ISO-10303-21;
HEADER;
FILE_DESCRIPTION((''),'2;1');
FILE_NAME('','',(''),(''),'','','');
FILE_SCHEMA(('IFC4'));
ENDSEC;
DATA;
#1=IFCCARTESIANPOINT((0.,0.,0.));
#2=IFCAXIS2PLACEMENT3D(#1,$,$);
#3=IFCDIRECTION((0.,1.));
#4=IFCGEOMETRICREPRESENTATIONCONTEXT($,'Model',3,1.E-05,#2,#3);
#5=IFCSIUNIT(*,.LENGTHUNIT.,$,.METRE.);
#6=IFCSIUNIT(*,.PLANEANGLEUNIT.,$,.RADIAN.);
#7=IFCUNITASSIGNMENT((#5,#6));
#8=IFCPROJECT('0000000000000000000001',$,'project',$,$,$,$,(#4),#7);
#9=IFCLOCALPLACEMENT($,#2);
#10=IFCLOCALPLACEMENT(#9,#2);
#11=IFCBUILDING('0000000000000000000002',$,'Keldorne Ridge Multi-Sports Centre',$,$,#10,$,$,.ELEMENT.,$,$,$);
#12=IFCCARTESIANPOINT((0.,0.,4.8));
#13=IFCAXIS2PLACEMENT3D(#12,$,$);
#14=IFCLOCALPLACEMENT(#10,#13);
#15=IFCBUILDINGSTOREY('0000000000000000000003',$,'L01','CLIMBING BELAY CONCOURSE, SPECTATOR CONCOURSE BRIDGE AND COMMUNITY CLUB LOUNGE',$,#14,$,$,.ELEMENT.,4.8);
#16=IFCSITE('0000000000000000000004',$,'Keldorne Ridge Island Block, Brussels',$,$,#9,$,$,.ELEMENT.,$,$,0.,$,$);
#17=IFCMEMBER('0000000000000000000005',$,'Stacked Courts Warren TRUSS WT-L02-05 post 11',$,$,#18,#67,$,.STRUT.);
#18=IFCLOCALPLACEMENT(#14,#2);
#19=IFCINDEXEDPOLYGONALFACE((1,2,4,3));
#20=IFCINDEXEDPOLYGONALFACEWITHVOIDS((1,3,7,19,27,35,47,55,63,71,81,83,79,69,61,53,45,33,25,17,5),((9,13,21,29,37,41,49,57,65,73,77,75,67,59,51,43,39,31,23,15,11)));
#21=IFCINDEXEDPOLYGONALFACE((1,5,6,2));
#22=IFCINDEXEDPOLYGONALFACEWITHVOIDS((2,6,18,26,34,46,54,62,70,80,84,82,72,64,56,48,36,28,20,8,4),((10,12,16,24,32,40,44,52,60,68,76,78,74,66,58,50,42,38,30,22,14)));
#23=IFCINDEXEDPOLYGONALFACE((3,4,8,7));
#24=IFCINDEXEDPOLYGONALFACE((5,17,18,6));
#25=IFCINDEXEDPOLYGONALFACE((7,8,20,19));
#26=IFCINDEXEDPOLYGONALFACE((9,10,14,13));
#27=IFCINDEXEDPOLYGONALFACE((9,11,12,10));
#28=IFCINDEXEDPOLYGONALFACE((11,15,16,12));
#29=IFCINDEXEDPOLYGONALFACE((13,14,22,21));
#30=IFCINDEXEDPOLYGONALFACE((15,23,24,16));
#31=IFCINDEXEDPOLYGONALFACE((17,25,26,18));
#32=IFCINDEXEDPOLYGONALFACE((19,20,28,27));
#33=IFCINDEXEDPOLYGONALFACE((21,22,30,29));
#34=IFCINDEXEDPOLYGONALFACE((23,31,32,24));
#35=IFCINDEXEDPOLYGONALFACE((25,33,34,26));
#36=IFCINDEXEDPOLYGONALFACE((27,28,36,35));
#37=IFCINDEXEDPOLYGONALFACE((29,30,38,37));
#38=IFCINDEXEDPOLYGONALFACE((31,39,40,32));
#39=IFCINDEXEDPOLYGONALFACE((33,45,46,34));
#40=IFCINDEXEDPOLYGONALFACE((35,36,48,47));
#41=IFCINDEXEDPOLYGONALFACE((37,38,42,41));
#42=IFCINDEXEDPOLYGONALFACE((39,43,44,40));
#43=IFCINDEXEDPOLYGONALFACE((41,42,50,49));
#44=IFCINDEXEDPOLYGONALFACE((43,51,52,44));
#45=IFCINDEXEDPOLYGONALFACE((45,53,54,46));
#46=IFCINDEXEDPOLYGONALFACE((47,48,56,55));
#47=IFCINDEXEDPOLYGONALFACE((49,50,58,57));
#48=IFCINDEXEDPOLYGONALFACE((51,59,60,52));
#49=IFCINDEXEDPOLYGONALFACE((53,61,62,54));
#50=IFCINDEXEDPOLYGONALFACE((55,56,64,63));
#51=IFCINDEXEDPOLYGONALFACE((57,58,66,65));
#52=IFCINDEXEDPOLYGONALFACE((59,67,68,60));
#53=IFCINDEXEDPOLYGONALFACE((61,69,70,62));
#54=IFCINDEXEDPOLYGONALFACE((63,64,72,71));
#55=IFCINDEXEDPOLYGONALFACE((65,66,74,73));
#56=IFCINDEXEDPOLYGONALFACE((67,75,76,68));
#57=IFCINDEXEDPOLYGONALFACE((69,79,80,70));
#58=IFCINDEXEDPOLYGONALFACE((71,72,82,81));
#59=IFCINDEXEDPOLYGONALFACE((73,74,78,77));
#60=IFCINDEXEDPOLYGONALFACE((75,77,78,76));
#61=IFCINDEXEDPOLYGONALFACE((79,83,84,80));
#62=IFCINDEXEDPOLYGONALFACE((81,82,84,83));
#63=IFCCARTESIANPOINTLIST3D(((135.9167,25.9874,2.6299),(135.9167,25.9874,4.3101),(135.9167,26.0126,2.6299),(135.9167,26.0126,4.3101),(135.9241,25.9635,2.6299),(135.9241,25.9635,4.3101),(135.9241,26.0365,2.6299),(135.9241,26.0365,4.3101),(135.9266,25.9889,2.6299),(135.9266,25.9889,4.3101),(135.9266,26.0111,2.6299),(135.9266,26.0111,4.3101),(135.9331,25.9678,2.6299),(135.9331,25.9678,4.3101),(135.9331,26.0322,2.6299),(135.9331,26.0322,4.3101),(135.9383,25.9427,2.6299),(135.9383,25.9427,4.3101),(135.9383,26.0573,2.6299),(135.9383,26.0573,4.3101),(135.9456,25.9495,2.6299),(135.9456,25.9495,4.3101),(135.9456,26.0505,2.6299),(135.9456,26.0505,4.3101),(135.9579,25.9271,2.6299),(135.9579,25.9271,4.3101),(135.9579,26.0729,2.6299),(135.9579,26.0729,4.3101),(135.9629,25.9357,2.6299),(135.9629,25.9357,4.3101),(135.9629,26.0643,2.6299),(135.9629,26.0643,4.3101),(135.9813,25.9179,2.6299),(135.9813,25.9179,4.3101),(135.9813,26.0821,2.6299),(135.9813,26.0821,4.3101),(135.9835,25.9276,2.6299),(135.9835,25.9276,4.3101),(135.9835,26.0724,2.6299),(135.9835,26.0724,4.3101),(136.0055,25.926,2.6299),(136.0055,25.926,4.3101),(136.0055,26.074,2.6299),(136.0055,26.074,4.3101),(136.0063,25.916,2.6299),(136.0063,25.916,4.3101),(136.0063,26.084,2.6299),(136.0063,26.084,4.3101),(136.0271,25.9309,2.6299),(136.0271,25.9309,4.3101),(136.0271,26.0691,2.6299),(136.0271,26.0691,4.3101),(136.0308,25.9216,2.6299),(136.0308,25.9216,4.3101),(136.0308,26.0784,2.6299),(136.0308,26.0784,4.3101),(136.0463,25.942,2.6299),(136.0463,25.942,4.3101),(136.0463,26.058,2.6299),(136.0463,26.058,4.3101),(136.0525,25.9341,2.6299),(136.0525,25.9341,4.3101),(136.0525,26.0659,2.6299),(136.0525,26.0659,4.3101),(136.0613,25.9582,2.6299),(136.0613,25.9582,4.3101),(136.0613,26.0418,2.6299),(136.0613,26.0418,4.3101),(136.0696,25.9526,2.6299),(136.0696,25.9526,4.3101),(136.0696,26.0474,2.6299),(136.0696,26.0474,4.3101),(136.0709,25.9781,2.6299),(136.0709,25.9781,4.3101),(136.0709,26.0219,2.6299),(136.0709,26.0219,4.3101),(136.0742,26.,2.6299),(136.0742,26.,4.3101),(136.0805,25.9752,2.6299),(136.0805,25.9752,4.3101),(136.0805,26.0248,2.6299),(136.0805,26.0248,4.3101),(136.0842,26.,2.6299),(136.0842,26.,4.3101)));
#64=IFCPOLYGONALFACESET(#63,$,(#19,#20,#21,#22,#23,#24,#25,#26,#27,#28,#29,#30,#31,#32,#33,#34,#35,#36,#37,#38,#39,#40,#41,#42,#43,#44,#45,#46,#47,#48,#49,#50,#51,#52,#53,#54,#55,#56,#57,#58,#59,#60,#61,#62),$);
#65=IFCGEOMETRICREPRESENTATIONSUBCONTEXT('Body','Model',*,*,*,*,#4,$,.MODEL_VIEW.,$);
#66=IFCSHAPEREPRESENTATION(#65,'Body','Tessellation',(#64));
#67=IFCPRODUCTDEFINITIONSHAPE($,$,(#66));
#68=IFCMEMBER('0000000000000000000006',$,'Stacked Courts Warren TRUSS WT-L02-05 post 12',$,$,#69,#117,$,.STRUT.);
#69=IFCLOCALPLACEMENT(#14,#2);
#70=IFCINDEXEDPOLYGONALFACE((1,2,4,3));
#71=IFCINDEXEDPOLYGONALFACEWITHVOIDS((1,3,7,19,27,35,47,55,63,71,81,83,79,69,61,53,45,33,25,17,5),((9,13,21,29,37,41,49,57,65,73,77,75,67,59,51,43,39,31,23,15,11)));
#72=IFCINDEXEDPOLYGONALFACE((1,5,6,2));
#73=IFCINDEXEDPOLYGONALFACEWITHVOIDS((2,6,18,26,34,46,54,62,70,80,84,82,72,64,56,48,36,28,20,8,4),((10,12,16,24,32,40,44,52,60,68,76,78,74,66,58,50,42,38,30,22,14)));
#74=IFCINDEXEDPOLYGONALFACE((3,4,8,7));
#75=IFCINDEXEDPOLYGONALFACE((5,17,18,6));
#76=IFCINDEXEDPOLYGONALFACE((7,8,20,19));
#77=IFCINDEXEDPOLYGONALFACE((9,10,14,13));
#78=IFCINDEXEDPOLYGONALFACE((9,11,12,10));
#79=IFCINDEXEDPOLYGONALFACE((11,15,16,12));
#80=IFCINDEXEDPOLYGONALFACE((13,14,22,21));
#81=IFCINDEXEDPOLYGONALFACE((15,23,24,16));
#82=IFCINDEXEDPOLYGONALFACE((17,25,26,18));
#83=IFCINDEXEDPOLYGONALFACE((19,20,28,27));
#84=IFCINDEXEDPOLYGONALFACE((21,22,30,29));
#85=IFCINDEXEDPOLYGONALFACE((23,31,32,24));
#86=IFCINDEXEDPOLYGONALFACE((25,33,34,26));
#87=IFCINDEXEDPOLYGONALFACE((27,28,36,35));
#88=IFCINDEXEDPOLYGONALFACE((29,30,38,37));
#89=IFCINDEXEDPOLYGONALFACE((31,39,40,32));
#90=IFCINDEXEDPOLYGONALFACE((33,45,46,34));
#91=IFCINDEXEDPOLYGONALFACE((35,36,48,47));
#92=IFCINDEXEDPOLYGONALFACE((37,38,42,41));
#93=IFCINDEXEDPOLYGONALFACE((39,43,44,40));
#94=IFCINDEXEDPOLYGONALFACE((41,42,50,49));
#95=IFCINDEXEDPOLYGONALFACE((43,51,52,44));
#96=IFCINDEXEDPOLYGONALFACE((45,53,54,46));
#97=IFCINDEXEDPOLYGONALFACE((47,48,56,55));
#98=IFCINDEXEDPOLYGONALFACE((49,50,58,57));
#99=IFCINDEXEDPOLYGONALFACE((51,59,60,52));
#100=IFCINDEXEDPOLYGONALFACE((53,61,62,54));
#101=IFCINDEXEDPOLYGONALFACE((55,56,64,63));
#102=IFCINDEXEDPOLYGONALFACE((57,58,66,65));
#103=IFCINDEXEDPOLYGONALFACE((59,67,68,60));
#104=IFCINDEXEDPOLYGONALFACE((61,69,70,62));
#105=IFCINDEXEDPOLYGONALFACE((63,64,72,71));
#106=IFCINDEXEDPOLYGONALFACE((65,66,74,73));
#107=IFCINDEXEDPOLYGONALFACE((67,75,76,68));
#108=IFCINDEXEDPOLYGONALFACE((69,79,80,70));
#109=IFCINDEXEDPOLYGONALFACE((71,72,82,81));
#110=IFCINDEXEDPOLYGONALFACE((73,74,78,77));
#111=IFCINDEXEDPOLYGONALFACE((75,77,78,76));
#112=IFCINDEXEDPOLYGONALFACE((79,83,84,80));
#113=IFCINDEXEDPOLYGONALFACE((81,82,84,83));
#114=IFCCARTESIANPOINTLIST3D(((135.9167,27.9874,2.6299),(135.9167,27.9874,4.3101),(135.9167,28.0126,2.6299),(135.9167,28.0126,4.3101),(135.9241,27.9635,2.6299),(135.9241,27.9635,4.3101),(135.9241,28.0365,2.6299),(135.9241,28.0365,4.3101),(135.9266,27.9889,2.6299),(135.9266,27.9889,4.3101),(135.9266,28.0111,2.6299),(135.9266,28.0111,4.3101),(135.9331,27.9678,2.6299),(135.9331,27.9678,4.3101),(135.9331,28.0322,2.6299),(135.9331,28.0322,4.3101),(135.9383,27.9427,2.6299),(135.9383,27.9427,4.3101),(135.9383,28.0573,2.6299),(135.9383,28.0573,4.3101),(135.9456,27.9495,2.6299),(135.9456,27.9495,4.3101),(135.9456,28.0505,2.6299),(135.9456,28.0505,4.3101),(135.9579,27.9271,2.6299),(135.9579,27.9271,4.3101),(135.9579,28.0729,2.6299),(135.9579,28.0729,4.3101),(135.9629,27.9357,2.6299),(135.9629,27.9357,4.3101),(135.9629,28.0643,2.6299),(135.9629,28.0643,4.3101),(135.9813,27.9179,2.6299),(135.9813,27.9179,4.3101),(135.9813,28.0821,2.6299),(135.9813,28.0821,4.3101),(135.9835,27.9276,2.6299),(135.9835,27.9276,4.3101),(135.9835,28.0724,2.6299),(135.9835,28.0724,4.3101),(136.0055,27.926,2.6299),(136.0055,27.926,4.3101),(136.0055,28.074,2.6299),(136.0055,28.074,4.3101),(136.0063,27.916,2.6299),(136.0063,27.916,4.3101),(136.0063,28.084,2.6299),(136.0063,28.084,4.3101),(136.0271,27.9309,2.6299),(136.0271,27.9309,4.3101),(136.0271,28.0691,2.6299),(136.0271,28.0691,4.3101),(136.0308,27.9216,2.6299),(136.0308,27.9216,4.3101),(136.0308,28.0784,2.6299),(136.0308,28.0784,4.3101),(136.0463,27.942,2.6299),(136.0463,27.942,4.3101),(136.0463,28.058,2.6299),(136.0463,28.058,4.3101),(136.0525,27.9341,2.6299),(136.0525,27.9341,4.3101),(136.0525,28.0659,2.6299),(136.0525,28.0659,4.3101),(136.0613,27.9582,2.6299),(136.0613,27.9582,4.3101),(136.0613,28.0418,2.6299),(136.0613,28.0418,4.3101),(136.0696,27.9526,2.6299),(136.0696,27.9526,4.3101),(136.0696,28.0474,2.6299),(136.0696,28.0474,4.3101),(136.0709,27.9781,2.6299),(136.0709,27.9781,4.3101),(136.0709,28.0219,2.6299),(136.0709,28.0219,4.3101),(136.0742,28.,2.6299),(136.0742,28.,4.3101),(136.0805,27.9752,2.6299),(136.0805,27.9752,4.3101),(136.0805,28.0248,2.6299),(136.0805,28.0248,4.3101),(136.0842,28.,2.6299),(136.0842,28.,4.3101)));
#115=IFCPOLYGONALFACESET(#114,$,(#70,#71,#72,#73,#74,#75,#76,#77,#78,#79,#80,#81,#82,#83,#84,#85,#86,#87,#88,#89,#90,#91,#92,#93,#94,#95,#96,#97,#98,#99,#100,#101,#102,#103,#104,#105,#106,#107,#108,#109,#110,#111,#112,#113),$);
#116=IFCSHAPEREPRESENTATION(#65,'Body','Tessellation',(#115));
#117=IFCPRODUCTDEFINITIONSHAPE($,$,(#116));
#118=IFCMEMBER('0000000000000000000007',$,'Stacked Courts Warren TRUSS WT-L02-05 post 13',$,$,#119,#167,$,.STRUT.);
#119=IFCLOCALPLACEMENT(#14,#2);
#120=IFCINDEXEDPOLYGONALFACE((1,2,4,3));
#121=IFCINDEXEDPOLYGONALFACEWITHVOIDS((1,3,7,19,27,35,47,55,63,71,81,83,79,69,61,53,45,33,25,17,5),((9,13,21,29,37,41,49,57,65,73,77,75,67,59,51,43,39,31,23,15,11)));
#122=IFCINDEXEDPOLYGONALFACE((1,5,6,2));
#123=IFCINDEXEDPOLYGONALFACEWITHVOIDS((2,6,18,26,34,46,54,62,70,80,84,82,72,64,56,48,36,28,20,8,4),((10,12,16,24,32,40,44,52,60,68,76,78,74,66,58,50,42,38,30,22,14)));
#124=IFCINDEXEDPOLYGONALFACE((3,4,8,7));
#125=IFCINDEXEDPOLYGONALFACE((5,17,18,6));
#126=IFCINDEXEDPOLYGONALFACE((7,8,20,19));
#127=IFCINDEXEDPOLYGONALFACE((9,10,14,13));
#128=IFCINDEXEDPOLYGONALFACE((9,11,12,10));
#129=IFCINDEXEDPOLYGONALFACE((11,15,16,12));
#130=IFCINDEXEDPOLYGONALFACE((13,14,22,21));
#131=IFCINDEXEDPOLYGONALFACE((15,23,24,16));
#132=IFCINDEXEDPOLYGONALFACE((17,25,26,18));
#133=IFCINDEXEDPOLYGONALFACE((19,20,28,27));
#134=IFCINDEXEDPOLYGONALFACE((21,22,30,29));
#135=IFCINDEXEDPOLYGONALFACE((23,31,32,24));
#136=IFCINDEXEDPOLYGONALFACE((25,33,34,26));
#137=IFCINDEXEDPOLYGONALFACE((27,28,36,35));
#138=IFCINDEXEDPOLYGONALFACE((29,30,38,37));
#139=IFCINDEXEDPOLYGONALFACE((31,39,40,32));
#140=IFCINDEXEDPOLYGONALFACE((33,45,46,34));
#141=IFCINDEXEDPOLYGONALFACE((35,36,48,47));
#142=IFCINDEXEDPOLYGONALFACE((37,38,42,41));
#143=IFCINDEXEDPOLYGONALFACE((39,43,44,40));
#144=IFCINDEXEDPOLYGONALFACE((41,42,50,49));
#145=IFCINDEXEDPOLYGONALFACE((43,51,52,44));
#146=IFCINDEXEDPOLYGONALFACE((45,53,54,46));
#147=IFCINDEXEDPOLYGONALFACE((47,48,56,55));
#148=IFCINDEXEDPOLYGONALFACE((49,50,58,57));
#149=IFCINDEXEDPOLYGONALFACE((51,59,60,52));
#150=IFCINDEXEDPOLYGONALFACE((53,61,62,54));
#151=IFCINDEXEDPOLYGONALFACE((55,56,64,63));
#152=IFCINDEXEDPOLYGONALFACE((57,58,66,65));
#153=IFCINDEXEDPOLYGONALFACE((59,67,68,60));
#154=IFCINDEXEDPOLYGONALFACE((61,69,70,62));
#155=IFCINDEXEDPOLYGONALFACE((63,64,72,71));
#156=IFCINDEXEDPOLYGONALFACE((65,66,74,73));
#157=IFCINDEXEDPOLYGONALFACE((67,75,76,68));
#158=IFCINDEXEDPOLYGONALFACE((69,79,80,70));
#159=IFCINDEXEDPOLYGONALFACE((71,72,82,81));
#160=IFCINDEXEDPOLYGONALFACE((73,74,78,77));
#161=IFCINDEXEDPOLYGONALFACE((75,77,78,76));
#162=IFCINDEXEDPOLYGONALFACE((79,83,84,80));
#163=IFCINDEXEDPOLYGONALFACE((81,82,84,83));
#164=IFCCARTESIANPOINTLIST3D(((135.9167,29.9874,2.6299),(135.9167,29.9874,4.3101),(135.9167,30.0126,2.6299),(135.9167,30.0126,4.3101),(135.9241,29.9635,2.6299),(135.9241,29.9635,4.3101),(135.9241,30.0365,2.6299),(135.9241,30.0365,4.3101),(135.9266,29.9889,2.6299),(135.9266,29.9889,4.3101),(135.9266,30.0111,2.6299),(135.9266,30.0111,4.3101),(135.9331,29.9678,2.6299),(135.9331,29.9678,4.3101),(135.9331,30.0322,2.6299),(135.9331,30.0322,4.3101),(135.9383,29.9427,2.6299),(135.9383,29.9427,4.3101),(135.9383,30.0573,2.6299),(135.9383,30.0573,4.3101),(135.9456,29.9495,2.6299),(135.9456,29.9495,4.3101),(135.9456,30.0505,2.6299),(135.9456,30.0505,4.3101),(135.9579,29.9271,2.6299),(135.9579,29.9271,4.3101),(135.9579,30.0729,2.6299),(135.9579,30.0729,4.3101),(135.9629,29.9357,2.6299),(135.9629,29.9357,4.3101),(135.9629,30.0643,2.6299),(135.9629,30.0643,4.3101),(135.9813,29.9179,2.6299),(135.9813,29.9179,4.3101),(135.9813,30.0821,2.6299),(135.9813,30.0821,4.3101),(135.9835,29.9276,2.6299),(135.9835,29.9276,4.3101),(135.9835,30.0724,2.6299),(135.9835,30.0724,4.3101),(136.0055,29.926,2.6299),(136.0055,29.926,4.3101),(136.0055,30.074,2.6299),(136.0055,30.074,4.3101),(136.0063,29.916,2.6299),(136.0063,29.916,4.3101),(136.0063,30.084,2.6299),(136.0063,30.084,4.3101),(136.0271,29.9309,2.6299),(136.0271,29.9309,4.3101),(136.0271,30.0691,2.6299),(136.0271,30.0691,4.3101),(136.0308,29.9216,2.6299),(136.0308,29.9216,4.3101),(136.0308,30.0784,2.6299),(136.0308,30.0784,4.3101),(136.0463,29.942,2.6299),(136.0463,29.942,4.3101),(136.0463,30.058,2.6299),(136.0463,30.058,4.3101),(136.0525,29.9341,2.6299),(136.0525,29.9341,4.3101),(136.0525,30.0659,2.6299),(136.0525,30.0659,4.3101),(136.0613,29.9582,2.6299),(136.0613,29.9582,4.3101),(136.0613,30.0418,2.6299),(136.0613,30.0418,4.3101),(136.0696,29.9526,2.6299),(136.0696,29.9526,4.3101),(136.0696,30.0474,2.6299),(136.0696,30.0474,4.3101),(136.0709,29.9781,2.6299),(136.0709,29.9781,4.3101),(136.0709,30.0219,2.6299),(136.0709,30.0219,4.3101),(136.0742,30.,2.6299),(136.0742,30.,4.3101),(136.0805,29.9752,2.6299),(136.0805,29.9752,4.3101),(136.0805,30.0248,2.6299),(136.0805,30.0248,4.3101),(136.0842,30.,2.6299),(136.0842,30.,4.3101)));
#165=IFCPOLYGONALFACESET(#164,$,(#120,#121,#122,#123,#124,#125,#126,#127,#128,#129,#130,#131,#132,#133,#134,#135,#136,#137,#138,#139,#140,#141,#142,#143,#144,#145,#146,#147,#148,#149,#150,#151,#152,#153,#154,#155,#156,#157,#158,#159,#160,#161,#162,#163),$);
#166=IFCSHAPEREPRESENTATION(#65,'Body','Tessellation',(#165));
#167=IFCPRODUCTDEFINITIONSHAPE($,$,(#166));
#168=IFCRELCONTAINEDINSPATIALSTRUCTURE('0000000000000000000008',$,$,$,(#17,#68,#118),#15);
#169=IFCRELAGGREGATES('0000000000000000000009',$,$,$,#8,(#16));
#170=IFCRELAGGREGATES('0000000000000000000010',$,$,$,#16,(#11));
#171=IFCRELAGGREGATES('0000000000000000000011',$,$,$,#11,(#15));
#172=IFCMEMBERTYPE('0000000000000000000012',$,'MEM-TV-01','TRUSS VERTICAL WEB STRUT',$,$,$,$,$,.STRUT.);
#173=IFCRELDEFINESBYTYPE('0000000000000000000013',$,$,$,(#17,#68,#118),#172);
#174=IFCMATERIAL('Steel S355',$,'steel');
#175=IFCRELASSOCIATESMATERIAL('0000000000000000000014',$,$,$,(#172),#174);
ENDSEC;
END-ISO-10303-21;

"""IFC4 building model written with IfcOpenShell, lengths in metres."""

from ifc_helpers import new_model, si_unit, direction, frame, origin, origin_2d, place, context, subcontext, project, spatial, hollow_circle, extrude, material, material_profile, profile_set, type_object, element, save


model = new_model("IFC4")

# Units and contexts
model_context = context("Model", 3, precision=1e-05, world=origin(), true_north=direction((0.0, 1.0)))
body_context = subcontext(model_context, "Body", "Model", "MODEL_VIEW")
ifc_project = project(units=[si_unit("LENGTHUNIT", "METRE"), si_unit("PLANEANGLEUNIT", "RADIAN")], contexts=[model_context])

# Site, building, storey
site_placement = place(None, origin())
site = spatial("IfcSite", under=ifc_project, at=site_placement, Name="Keldorne Ridge Island Block, Brussels", CompositionType="ELEMENT", RefElevation=0.0)
building_placement = place(site_placement, origin())
building = spatial("IfcBuilding", under=site, at=building_placement, Name="Keldorne Ridge Multi-Sports Centre", CompositionType="ELEMENT")
storey_placement = place(building_placement, frame((0.0, 0.0, 4.8)))
storey = spatial("IfcBuildingStorey", under=building, at=storey_placement, Name="L01", Description="CLIMBING BELAY CONCOURSE, SPECTATOR CONCOURSE BRIDGE AND COMMUNITY CLUB LOUNGE", CompositionType="ELEMENT", Elevation=4.8)

# Members
ifc_material = material(Name="Steel S355", Category="steel")
ifc_material_profile_1 = material_profile(ifc_material, hollow_circle(Radius=0.0842, WallThickness=0.01, at=origin_2d()), Name="CHS 168.3x10")
ifc_profile_set_1 = profile_set([ifc_material_profile_1], Name="Steel S355")
member_type_1 = type_object("IfcMemberType", Name="MEM-TV-01", Description="TRUSS VERTICAL WEB STRUT", PredefinedType="STRUT", material=ifc_profile_set_1)
for number, where, z_axis, x_axis, name in (
    (1, (136.0, 26.0, 2.6299), (0.0, 0.0, 1.0), (1.0, 0.0, 0.0), "Stacked Courts Warren TRUSS WT-L02-05 post 11"),
    (2, (136.0, 28.0, 2.6299), (0.0, 0.0, 1.0), (1.0, 0.0, 0.0), "Stacked Courts Warren TRUSS WT-L02-05 post 12"),
    (3, (136.0, 30.0, 2.6299), (0.0, 0.0, 1.0), (1.0, 0.0, 0.0), "Stacked Courts Warren TRUSS WT-L02-05 post 13"),
):
    element("IfcMember", number, at=place(storey_placement, frame(where, z_axis=z_axis, x_axis=x_axis)), inside=storey, type_object=member_type_1, Name=name, PredefinedType="STRUT", context=body_context, shape_type="SweptSolid", body=[
        extrude(hollow_circle(Radius=0.0842, WallThickness=0.01, at=origin_2d()), origin(), (0.0, 0.0, 1.0), 1.6802),
    ])

save(model, "model.ifc")
